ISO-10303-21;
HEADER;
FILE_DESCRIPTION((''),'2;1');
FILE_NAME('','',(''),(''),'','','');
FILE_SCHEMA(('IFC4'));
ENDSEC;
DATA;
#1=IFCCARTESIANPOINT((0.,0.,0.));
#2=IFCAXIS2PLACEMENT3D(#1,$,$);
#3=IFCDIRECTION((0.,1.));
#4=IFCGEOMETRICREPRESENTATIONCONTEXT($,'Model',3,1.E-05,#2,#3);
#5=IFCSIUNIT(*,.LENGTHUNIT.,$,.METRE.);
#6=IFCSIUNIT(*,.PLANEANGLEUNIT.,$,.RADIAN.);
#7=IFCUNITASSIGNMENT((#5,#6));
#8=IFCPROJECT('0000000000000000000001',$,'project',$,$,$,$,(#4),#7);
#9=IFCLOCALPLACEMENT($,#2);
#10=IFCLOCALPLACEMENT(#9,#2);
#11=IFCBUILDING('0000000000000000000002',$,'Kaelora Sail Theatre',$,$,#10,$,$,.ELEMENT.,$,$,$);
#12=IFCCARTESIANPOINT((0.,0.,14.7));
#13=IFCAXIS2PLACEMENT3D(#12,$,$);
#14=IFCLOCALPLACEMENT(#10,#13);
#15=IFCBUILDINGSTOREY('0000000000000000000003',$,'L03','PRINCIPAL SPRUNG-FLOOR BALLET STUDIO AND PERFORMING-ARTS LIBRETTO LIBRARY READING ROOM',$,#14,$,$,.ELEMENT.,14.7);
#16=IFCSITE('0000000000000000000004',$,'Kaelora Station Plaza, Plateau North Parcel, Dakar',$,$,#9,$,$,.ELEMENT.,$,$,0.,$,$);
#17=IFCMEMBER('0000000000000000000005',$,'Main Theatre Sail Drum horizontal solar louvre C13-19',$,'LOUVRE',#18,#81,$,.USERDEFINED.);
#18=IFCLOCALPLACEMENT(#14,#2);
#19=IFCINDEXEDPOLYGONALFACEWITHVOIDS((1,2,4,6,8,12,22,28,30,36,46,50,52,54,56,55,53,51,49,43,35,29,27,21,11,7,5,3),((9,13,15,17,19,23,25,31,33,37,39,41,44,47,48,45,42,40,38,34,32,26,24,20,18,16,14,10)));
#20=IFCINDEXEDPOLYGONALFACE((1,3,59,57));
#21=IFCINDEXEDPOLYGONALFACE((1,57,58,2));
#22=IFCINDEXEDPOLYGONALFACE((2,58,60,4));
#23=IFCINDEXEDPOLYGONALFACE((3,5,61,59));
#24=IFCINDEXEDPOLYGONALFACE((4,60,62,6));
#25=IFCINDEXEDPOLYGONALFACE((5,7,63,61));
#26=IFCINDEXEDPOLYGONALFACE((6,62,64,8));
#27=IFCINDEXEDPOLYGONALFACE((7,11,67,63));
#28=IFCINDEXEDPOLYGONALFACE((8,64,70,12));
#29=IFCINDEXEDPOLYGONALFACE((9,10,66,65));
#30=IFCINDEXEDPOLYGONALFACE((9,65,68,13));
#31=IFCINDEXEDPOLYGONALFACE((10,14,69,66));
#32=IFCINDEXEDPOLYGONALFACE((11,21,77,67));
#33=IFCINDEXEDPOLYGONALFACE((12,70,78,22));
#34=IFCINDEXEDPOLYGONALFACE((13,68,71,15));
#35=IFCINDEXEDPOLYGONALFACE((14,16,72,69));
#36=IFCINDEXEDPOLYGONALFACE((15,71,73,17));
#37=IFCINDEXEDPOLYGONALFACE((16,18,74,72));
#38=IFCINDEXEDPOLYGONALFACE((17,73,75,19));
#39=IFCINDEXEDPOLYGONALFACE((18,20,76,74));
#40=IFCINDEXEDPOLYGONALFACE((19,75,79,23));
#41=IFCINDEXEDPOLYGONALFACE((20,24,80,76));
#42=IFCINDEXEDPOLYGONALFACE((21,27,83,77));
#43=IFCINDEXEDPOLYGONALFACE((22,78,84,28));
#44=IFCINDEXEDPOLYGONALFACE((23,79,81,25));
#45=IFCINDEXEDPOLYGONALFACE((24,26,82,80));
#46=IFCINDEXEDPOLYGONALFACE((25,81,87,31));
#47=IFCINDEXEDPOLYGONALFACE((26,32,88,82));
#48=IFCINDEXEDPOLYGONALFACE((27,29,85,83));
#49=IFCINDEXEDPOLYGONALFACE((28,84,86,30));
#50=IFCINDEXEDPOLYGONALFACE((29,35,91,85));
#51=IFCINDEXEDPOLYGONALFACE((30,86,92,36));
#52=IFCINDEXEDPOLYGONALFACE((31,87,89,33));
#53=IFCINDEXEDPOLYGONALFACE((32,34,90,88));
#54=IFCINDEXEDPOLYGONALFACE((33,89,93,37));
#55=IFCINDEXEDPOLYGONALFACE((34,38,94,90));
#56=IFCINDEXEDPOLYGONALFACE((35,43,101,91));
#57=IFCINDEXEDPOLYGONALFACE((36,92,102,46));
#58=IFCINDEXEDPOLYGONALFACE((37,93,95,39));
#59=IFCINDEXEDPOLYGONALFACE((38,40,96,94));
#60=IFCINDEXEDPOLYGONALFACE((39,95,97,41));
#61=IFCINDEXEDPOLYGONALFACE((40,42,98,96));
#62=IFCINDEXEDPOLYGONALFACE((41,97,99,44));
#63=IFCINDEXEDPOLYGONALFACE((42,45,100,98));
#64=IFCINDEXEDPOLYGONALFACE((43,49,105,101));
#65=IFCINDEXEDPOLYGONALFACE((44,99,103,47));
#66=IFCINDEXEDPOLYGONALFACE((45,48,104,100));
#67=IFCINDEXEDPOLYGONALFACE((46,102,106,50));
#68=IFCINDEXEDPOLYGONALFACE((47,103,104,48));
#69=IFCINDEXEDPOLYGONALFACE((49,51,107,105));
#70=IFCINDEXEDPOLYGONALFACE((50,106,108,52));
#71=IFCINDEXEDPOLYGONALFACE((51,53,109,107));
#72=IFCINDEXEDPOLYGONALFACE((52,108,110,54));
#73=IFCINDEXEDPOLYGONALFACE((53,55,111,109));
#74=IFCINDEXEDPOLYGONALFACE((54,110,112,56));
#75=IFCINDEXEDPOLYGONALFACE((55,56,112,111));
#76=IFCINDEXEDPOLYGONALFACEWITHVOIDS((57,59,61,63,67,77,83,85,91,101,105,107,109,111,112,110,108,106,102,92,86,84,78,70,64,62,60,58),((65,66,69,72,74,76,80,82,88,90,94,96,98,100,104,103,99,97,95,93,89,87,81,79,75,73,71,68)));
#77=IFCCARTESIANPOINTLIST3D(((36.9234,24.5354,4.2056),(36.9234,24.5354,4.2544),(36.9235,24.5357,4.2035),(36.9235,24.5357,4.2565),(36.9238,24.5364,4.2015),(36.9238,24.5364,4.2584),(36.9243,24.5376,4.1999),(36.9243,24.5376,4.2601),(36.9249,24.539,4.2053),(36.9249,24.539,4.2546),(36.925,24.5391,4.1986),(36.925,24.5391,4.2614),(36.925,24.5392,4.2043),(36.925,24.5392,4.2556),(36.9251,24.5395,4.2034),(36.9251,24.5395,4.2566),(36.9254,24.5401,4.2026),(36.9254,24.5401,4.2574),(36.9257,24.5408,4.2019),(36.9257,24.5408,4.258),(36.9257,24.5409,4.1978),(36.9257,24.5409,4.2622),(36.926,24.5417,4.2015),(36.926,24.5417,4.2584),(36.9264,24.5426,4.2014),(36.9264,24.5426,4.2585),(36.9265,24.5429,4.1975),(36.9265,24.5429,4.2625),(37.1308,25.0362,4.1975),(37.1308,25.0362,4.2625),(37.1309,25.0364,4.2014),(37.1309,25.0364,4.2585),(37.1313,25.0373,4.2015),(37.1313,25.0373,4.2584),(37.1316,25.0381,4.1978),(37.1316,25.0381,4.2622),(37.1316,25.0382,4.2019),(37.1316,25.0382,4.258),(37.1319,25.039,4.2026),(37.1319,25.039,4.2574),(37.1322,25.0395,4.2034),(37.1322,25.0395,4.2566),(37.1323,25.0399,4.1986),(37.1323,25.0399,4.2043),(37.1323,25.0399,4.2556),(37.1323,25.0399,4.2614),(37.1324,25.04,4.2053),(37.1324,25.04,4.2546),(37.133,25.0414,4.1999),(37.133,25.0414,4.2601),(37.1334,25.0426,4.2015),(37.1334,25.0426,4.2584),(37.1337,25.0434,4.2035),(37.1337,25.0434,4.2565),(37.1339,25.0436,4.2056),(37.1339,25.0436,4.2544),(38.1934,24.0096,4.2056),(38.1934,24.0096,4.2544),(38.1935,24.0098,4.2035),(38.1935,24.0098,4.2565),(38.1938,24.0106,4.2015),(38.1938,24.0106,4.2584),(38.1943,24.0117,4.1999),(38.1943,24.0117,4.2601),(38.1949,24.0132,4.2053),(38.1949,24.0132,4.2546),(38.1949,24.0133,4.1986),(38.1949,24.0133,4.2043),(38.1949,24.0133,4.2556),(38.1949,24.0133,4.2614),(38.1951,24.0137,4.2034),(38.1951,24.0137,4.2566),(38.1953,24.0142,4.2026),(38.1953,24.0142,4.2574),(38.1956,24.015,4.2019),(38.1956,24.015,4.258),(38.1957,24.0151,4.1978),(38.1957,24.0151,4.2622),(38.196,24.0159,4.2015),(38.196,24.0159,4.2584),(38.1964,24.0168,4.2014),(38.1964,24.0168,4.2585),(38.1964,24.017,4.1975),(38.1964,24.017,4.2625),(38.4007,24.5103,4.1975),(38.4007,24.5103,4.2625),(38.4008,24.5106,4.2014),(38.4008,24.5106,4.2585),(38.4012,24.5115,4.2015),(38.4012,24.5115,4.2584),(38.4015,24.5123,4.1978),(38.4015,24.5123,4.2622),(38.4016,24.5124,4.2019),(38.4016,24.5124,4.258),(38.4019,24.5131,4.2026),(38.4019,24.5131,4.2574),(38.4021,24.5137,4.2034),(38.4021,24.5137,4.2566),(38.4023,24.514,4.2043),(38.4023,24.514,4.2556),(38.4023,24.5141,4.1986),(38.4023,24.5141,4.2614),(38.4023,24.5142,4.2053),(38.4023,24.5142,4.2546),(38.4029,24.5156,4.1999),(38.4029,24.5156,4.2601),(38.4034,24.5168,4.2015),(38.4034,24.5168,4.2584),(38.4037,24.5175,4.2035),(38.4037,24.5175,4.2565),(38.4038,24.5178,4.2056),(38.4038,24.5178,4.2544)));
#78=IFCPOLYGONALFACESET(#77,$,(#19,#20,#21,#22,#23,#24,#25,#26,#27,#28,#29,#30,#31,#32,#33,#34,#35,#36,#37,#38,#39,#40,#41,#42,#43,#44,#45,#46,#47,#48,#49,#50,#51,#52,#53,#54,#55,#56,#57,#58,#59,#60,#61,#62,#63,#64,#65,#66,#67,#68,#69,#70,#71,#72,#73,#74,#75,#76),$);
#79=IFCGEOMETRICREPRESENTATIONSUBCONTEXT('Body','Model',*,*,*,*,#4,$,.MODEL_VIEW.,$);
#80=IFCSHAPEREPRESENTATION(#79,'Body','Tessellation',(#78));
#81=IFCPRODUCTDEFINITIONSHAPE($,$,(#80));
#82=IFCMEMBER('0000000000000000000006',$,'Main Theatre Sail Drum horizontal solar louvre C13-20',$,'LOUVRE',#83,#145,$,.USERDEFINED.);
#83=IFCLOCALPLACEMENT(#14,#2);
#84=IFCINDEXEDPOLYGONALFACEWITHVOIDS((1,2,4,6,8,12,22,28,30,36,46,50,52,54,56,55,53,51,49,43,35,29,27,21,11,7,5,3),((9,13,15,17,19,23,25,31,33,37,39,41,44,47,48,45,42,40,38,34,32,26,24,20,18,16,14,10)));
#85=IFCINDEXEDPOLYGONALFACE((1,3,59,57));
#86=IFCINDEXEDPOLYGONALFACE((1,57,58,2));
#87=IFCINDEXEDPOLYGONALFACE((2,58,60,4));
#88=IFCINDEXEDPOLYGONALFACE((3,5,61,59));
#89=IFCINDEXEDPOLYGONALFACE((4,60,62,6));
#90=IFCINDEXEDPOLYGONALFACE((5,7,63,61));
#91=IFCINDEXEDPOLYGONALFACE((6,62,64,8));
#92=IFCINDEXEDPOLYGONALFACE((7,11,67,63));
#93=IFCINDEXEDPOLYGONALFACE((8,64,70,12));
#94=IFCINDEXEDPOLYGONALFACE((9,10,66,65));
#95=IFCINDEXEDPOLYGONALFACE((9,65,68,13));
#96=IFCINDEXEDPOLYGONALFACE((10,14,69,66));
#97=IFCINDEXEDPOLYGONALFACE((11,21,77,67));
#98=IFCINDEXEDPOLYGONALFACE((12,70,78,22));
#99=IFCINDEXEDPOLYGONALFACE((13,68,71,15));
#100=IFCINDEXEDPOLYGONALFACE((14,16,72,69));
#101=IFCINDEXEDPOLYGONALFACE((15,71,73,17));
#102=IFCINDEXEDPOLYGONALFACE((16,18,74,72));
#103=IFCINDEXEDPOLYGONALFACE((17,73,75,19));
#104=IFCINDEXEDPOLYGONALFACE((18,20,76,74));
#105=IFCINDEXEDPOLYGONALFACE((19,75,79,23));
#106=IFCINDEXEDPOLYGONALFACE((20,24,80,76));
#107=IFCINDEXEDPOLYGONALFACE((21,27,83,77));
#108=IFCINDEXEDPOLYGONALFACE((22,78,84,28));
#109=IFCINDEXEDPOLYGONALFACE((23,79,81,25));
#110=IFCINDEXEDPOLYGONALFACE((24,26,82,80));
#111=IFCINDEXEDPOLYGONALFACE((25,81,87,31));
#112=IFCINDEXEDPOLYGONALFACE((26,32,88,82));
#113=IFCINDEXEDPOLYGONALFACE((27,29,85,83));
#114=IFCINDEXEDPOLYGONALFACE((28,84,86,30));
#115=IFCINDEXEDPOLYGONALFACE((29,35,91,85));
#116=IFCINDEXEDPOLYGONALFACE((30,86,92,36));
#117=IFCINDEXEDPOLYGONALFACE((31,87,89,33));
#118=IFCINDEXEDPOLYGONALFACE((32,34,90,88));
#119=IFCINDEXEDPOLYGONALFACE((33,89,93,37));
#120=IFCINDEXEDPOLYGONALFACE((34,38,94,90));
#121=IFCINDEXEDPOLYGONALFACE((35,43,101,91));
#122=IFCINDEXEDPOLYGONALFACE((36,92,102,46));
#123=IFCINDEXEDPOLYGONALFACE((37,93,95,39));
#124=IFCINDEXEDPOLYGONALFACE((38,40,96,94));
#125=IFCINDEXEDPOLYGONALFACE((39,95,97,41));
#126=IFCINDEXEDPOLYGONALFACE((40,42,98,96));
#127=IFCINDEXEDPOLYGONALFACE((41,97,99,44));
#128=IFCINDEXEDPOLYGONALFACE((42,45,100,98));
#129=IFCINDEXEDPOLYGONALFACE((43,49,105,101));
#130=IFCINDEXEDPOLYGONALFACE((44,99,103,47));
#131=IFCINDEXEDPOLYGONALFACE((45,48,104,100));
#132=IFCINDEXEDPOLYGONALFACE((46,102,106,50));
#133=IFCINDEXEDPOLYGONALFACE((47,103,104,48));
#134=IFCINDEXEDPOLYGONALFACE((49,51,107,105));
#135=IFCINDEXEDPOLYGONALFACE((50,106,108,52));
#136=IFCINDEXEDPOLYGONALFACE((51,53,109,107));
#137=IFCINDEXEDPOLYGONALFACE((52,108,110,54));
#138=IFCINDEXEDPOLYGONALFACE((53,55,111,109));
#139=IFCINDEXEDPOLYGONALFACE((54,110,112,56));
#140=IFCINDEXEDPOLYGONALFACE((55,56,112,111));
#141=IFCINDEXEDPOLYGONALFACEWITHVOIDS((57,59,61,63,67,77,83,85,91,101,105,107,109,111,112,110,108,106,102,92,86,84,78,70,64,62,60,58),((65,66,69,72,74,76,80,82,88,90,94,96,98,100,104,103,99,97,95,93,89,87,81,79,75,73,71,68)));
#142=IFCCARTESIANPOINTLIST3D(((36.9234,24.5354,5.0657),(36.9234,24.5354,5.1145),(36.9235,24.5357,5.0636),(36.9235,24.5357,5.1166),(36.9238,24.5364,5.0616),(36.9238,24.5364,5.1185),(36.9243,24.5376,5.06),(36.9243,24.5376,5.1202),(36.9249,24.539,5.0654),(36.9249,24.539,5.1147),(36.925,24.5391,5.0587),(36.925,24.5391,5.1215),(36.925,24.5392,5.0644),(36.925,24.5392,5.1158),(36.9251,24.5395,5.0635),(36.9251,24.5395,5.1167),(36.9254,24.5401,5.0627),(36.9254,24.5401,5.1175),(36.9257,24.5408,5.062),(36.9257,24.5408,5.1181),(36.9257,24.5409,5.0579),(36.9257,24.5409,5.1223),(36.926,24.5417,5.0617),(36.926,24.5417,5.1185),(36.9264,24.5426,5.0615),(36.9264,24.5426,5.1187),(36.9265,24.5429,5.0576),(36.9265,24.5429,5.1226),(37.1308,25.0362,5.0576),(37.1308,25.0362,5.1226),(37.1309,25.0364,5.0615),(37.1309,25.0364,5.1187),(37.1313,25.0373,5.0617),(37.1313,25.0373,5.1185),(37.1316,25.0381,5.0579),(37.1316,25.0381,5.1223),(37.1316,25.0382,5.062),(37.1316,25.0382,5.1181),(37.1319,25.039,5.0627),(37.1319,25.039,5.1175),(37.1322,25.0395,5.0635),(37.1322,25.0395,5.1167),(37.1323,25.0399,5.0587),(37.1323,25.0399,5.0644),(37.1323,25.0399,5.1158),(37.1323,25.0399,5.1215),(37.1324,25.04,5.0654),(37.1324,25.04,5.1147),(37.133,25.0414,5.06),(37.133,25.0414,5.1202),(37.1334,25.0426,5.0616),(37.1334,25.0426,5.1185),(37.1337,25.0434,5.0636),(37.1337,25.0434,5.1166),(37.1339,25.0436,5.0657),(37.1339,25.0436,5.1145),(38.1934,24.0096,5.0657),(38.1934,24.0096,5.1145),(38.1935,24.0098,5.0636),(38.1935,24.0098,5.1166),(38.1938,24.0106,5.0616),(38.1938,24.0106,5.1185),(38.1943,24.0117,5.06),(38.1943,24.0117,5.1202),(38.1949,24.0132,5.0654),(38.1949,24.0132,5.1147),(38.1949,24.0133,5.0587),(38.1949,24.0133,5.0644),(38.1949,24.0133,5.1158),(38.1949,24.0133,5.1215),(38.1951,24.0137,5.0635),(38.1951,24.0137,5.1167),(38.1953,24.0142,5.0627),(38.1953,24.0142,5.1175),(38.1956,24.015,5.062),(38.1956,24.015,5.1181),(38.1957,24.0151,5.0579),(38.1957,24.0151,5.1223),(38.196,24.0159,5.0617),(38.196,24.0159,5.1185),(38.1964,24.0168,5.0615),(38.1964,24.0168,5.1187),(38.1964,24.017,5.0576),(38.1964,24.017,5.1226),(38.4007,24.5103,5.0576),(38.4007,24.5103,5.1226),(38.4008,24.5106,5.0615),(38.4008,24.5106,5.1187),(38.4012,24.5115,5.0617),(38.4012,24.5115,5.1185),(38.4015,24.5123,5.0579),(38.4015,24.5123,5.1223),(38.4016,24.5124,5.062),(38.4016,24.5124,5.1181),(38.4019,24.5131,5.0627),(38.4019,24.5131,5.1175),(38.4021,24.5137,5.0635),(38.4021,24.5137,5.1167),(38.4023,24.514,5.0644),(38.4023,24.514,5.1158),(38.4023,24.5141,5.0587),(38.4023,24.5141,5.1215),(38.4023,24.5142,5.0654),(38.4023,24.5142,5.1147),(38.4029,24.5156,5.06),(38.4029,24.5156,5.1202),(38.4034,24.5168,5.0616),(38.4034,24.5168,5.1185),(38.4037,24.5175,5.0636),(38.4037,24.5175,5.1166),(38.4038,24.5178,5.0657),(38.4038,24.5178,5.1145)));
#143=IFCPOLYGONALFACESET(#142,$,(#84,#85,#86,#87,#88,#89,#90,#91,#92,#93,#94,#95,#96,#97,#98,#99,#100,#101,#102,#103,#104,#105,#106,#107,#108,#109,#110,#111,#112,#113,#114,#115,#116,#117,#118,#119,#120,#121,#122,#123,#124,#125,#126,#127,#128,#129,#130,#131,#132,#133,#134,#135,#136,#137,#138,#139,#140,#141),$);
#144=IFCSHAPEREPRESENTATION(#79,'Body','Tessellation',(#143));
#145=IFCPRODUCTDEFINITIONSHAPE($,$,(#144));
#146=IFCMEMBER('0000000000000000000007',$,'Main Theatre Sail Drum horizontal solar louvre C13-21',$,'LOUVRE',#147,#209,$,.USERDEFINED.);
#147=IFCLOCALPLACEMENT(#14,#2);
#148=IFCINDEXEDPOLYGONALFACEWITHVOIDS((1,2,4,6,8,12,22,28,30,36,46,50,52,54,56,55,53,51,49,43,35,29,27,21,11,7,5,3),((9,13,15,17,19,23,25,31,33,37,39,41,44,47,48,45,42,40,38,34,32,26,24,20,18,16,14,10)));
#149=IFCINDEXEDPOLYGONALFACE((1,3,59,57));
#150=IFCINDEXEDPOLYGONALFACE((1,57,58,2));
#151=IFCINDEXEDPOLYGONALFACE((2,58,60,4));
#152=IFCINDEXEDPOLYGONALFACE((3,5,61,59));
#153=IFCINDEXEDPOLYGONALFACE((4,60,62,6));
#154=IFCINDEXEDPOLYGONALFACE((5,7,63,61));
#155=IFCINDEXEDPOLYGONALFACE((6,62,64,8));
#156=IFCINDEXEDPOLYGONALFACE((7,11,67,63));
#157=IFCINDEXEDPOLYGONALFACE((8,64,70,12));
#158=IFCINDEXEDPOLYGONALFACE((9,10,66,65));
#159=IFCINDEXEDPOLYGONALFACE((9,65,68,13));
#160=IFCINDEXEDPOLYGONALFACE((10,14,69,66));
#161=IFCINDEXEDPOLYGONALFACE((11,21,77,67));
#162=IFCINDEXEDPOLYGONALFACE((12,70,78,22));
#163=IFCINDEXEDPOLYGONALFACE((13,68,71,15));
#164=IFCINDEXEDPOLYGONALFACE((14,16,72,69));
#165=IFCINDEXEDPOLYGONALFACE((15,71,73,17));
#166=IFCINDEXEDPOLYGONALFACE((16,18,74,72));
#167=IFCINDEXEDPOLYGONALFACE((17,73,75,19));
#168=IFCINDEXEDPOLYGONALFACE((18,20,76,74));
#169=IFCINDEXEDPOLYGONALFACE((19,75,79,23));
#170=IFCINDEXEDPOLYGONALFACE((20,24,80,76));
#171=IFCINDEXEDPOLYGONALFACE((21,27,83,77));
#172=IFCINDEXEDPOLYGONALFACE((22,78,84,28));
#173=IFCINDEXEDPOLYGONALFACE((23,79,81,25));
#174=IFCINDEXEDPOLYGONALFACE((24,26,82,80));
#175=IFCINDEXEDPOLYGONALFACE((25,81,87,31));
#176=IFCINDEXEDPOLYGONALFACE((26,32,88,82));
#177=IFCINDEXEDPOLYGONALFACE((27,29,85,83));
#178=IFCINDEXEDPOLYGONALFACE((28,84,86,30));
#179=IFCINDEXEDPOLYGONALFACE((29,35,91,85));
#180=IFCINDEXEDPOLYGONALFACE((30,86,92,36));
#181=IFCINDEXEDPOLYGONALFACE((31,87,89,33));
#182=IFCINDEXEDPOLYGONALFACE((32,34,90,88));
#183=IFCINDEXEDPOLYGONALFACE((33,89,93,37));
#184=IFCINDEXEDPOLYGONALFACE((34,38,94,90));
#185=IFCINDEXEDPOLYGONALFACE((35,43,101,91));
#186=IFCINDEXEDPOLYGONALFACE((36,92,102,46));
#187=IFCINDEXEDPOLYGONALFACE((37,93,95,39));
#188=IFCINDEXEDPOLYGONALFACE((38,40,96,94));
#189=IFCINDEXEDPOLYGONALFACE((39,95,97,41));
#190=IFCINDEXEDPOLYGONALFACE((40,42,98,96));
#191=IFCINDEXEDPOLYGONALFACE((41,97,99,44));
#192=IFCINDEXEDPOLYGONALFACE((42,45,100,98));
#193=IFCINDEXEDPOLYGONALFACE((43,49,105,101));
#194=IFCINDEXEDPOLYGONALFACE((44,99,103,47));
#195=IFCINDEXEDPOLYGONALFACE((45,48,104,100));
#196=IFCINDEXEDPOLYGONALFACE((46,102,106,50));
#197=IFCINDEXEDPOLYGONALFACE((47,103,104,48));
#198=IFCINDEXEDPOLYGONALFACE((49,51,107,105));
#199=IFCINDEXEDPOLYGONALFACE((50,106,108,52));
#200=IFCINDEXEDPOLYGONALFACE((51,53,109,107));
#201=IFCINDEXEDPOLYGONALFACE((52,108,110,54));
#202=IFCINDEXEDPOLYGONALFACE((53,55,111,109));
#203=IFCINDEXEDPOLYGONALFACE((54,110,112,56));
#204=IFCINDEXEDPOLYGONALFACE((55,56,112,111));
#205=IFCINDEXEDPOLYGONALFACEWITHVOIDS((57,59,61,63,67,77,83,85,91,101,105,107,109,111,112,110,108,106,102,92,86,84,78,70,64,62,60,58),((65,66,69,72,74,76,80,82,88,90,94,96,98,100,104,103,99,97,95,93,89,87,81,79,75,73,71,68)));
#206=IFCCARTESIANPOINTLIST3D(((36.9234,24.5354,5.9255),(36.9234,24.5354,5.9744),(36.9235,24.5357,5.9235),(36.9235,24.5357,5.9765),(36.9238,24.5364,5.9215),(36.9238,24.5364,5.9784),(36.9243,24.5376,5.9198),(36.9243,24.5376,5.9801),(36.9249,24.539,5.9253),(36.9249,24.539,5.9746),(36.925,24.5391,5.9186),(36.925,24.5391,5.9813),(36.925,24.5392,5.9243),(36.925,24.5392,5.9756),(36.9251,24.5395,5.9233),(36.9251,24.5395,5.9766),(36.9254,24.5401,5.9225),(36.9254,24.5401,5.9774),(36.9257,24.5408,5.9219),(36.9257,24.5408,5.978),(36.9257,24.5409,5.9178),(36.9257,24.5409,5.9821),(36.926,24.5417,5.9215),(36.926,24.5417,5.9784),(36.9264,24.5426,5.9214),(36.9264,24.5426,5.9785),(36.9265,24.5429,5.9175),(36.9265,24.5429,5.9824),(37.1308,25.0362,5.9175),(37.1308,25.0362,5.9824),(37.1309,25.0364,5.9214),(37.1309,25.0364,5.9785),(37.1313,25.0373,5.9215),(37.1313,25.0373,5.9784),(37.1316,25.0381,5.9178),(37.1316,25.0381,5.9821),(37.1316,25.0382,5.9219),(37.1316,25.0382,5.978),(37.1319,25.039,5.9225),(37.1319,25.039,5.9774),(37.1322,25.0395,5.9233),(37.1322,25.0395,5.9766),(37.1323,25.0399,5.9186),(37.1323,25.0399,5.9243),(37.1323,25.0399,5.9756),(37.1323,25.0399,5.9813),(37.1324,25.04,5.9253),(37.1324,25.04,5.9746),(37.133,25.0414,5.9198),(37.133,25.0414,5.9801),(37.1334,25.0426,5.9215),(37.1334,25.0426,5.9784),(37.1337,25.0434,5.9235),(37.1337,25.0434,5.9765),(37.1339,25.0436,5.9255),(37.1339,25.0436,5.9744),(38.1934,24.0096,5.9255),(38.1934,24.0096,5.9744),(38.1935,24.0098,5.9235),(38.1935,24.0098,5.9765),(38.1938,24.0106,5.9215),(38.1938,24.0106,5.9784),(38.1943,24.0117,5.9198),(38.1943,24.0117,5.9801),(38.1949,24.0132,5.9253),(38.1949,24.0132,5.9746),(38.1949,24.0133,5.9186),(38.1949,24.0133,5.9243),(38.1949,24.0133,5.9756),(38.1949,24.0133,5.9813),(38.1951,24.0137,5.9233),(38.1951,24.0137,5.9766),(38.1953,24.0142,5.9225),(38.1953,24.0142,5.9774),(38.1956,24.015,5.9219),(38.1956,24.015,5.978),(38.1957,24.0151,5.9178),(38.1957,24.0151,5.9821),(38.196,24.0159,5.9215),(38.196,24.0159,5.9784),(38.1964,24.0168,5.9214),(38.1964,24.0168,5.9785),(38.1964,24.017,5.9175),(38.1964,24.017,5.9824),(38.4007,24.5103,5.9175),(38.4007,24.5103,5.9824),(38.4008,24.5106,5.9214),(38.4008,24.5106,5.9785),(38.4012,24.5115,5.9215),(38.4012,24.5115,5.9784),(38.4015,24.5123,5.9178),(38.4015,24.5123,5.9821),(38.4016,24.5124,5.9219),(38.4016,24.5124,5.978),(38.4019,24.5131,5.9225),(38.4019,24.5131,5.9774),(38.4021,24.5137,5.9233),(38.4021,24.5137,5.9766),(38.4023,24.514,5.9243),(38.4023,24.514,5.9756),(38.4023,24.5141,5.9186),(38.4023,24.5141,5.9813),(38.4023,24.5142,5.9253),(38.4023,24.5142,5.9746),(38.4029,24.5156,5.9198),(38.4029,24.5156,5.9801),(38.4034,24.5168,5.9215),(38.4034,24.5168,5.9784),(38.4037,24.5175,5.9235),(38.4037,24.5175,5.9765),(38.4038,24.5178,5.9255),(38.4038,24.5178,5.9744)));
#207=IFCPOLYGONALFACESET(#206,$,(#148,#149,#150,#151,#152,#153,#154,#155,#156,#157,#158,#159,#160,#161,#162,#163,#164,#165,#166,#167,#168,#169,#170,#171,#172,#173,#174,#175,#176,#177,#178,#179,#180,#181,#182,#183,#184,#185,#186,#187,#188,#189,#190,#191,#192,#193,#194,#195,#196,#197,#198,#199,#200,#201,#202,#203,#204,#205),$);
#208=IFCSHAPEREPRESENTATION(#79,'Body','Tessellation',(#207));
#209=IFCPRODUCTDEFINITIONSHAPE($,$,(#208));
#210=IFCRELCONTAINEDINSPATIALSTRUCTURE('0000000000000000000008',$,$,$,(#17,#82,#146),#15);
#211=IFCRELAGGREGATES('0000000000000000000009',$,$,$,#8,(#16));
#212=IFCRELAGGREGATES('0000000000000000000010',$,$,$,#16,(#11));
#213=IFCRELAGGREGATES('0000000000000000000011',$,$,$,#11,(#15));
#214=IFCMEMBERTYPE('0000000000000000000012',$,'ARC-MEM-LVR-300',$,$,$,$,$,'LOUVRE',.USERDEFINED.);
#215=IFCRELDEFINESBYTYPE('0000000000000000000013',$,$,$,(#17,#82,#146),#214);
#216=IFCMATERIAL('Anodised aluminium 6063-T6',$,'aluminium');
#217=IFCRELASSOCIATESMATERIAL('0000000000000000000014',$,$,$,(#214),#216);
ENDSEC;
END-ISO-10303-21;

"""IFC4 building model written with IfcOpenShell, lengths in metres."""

from ifc_helpers import new_model, si_unit, direction, frame, origin, origin_2d, place, context, subcontext, project, spatial, hollow_rectangle, extrude, material, material_profile, profile_set, type_object, element, save


model = new_model("IFC4")

# Units and contexts
model_context = context("Model", 3, precision=1e-05, world=origin(), true_north=direction((0.0, 1.0)))
body_context = subcontext(model_context, "Body", "Model", "MODEL_VIEW")
ifc_project = project(units=[si_unit("LENGTHUNIT", "METRE"), si_unit("PLANEANGLEUNIT", "RADIAN")], contexts=[model_context])

# Site, building, storey
site_placement = place(None, origin())
site = spatial("IfcSite", under=ifc_project, at=site_placement, Name="Kaelora Station Plaza, Plateau North Parcel, Dakar", CompositionType="ELEMENT", RefElevation=0.0)
building_placement = place(site_placement, origin())
building = spatial("IfcBuilding", under=site, at=building_placement, Name="Kaelora Sail Theatre", CompositionType="ELEMENT")
storey_placement = place(building_placement, frame((0.0, 0.0, 14.7)))
storey = spatial("IfcBuildingStorey", under=building, at=storey_placement, Name="L03", Description="PRINCIPAL SPRUNG-FLOOR BALLET STUDIO AND PERFORMING-ARTS LIBRETTO LIBRARY READING ROOM", CompositionType="ELEMENT", Elevation=14.7)

# Members
ifc_material_1 = material(Name="Anodised aluminium 6063-T6", Category="aluminium")
ifc_material_profile_1 = material_profile(ifc_material_1, hollow_rectangle(XDim=0.55, YDim=0.0649, WallThickness=0.0039, InnerFilletRadius=0.0039, OuterFilletRadius=0.0081, at=origin_2d()), Name="LOUVRE 550x65x4")
ifc_profile_set_1 = profile_set([ifc_material_profile_1], Name="Anodised aluminium 6063-T6")
member_type = type_object("IfcMemberType", Name="ARC-MEM-LVR-300", ElementType="LOUVRE", PredefinedType="USERDEFINED", material=ifc_profile_set_1)
for number, where, z_axis, x_axis, name in (
    (1, (38.2986, 24.2637, 4.23), (-0.923926, 0.382571, 0.0), (-0.382571, -0.923926, 0.0), "Main Theatre Sail Drum horizontal solar louvre C13-19"),
    (2, (38.2986, 24.2637, 5.0901), (-0.923926, 0.382571, 0.0), (-0.382571, -0.923926, 0.0), "Main Theatre Sail Drum horizontal solar louvre C13-20"),
    (3, (38.2986, 24.2637, 5.95), (-0.923926, 0.382571, 0.0), (-0.382571, -0.923926, 0.0), "Main Theatre Sail Drum horizontal solar louvre C13-21"),
):
    element("IfcMember", number, at=place(storey_placement, frame(where, z_axis=z_axis, x_axis=x_axis)), inside=storey, type_object=member_type, Name=name, ObjectType="LOUVRE", PredefinedType="USERDEFINED", context=body_context, shape_type="SweptSolid", body=[
        extrude(hollow_rectangle(XDim=0.55, YDim=0.0649, WallThickness=0.0039, InnerFilletRadius=0.0039, OuterFilletRadius=0.0081, at=origin_2d()), origin(), (0.0, 0.0, 1.0), 1.3745),
    ])

save(model, "model.ifc")
